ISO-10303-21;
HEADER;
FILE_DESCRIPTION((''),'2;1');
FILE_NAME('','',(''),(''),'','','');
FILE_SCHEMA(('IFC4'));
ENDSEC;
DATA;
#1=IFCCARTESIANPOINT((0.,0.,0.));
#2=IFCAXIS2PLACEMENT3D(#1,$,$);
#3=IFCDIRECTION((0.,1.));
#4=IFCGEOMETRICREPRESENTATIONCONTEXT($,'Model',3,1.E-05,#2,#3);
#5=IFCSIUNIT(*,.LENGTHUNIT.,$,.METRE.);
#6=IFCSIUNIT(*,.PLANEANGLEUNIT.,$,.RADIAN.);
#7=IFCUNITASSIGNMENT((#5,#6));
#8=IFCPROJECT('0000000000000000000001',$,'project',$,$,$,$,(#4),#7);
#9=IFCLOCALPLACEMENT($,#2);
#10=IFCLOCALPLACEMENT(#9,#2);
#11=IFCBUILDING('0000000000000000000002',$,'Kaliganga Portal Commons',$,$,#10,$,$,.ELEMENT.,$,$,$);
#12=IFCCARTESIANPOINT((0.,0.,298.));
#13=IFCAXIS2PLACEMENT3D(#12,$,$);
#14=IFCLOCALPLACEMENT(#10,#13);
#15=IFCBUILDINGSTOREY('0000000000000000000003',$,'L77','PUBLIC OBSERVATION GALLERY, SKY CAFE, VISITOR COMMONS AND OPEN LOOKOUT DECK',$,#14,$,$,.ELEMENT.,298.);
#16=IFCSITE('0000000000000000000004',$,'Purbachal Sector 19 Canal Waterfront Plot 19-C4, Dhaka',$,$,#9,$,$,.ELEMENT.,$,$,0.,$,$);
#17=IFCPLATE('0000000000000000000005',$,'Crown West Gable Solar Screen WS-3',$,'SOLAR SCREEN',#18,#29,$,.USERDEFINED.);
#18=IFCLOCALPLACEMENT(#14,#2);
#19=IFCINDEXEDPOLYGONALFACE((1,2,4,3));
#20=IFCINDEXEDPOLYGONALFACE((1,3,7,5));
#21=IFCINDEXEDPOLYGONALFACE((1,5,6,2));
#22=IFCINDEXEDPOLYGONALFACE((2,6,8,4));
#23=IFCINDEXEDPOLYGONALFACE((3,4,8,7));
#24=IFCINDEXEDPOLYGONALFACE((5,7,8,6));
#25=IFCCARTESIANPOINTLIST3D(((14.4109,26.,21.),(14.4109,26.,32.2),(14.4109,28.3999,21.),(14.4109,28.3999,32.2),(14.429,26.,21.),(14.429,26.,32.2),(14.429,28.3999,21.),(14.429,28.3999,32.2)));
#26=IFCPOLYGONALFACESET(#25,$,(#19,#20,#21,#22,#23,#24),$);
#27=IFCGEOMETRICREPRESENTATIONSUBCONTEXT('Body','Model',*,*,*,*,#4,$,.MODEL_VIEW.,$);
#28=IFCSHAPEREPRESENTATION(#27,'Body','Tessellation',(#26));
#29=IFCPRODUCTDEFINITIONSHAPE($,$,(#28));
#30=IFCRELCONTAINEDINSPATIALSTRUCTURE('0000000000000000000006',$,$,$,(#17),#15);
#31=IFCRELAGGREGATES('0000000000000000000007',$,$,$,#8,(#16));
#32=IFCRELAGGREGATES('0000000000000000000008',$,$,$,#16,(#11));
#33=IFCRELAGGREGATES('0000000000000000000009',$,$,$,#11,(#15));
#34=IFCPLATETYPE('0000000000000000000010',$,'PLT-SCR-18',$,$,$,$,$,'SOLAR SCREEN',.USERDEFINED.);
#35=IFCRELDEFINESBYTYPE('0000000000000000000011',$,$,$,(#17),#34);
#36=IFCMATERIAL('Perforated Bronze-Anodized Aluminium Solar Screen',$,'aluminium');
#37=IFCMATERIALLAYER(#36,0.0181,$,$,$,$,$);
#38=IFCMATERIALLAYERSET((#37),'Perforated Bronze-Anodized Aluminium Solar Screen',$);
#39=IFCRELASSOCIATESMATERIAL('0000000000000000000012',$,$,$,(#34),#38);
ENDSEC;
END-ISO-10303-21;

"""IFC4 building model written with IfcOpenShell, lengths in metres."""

from ifc_helpers import new_model, si_unit, direction, frame, origin, origin_2d, place, context, subcontext, project, spatial, rectangle, extrude, source, transform, mapped, material, layer, layer_set, type_object, element, save


model = new_model("IFC4")

# Units and contexts
model_context = context("Model", 3, precision=1e-05, world=origin(), true_north=direction((0.0, 1.0)))
body_context = subcontext(model_context, "Body", "Model", "MODEL_VIEW")
ifc_project = project(units=[si_unit("LENGTHUNIT", "METRE"), si_unit("PLANEANGLEUNIT", "RADIAN")], contexts=[model_context])

# Site, building, storey
site_placement = place(None, origin())
site = spatial("IfcSite", under=ifc_project, at=site_placement, Name="Purbachal Sector 19 Canal Waterfront Plot 19-C4, Dhaka", CompositionType="ELEMENT", RefElevation=0.0)
building_placement = place(site_placement, origin())
building = spatial("IfcBuilding", under=site, at=building_placement, Name="Kaliganga Portal Commons", CompositionType="ELEMENT")
storey_placement = place(building_placement, frame((0.0, 0.0, 298.0)))
storey = spatial("IfcBuildingStorey", under=building, at=storey_placement, Name="L77", Description="PUBLIC OBSERVATION GALLERY, SKY CAFE, VISITOR COMMONS AND OPEN LOOKOUT DECK", CompositionType="ELEMENT", Elevation=298.0)

# Plate
ifc_material_1 = material(Name="Perforated Bronze-Anodized Aluminium Solar Screen", Category="aluminium")
ifc_layer_1 = layer(ifc_material_1, 0.0181)
ifc_layer_set_1 = layer_set([ifc_layer_1], Name="Perforated Bronze-Anodized Aluminium Solar Screen")
plate_type_1 = type_object("IfcPlateType", Name="PLT-SCR-18", ElementType="SOLAR SCREEN", PredefinedType="USERDEFINED", material=ifc_layer_set_1)
shared_shape_1 = source(origin(), body_context, "Body", "SweptSolid", [
    extrude(rectangle(XDim=2.3999, YDim=0.0181, at=origin_2d()), origin(), (0.0, 0.0, 1.0), 11.2),
])
plate_1_placement = place(storey_placement, frame((14.4199, 27.2, 21.0), z_axis=(0.0, 0.0, 1.0), x_axis=(0.0, 1.0, 0.0)))
element("IfcPlate", 1, at=plate_1_placement, inside=storey, type_object=plate_type_1, Name="Crown West Gable Solar Screen WS-3", ObjectType="SOLAR SCREEN", PredefinedType="USERDEFINED", context=body_context, shape_type="MappedRepresentation", body=[
    mapped(shared_shape_1, transform((0.0, 0.0, 0.0), x_axis=(1.0, 0.0, 0.0), y_axis=(0.0, 1.0, 0.0), z_axis=(0.0, 0.0, 1.0), scale=1.0)),
])

save(model, "model.ifc")
